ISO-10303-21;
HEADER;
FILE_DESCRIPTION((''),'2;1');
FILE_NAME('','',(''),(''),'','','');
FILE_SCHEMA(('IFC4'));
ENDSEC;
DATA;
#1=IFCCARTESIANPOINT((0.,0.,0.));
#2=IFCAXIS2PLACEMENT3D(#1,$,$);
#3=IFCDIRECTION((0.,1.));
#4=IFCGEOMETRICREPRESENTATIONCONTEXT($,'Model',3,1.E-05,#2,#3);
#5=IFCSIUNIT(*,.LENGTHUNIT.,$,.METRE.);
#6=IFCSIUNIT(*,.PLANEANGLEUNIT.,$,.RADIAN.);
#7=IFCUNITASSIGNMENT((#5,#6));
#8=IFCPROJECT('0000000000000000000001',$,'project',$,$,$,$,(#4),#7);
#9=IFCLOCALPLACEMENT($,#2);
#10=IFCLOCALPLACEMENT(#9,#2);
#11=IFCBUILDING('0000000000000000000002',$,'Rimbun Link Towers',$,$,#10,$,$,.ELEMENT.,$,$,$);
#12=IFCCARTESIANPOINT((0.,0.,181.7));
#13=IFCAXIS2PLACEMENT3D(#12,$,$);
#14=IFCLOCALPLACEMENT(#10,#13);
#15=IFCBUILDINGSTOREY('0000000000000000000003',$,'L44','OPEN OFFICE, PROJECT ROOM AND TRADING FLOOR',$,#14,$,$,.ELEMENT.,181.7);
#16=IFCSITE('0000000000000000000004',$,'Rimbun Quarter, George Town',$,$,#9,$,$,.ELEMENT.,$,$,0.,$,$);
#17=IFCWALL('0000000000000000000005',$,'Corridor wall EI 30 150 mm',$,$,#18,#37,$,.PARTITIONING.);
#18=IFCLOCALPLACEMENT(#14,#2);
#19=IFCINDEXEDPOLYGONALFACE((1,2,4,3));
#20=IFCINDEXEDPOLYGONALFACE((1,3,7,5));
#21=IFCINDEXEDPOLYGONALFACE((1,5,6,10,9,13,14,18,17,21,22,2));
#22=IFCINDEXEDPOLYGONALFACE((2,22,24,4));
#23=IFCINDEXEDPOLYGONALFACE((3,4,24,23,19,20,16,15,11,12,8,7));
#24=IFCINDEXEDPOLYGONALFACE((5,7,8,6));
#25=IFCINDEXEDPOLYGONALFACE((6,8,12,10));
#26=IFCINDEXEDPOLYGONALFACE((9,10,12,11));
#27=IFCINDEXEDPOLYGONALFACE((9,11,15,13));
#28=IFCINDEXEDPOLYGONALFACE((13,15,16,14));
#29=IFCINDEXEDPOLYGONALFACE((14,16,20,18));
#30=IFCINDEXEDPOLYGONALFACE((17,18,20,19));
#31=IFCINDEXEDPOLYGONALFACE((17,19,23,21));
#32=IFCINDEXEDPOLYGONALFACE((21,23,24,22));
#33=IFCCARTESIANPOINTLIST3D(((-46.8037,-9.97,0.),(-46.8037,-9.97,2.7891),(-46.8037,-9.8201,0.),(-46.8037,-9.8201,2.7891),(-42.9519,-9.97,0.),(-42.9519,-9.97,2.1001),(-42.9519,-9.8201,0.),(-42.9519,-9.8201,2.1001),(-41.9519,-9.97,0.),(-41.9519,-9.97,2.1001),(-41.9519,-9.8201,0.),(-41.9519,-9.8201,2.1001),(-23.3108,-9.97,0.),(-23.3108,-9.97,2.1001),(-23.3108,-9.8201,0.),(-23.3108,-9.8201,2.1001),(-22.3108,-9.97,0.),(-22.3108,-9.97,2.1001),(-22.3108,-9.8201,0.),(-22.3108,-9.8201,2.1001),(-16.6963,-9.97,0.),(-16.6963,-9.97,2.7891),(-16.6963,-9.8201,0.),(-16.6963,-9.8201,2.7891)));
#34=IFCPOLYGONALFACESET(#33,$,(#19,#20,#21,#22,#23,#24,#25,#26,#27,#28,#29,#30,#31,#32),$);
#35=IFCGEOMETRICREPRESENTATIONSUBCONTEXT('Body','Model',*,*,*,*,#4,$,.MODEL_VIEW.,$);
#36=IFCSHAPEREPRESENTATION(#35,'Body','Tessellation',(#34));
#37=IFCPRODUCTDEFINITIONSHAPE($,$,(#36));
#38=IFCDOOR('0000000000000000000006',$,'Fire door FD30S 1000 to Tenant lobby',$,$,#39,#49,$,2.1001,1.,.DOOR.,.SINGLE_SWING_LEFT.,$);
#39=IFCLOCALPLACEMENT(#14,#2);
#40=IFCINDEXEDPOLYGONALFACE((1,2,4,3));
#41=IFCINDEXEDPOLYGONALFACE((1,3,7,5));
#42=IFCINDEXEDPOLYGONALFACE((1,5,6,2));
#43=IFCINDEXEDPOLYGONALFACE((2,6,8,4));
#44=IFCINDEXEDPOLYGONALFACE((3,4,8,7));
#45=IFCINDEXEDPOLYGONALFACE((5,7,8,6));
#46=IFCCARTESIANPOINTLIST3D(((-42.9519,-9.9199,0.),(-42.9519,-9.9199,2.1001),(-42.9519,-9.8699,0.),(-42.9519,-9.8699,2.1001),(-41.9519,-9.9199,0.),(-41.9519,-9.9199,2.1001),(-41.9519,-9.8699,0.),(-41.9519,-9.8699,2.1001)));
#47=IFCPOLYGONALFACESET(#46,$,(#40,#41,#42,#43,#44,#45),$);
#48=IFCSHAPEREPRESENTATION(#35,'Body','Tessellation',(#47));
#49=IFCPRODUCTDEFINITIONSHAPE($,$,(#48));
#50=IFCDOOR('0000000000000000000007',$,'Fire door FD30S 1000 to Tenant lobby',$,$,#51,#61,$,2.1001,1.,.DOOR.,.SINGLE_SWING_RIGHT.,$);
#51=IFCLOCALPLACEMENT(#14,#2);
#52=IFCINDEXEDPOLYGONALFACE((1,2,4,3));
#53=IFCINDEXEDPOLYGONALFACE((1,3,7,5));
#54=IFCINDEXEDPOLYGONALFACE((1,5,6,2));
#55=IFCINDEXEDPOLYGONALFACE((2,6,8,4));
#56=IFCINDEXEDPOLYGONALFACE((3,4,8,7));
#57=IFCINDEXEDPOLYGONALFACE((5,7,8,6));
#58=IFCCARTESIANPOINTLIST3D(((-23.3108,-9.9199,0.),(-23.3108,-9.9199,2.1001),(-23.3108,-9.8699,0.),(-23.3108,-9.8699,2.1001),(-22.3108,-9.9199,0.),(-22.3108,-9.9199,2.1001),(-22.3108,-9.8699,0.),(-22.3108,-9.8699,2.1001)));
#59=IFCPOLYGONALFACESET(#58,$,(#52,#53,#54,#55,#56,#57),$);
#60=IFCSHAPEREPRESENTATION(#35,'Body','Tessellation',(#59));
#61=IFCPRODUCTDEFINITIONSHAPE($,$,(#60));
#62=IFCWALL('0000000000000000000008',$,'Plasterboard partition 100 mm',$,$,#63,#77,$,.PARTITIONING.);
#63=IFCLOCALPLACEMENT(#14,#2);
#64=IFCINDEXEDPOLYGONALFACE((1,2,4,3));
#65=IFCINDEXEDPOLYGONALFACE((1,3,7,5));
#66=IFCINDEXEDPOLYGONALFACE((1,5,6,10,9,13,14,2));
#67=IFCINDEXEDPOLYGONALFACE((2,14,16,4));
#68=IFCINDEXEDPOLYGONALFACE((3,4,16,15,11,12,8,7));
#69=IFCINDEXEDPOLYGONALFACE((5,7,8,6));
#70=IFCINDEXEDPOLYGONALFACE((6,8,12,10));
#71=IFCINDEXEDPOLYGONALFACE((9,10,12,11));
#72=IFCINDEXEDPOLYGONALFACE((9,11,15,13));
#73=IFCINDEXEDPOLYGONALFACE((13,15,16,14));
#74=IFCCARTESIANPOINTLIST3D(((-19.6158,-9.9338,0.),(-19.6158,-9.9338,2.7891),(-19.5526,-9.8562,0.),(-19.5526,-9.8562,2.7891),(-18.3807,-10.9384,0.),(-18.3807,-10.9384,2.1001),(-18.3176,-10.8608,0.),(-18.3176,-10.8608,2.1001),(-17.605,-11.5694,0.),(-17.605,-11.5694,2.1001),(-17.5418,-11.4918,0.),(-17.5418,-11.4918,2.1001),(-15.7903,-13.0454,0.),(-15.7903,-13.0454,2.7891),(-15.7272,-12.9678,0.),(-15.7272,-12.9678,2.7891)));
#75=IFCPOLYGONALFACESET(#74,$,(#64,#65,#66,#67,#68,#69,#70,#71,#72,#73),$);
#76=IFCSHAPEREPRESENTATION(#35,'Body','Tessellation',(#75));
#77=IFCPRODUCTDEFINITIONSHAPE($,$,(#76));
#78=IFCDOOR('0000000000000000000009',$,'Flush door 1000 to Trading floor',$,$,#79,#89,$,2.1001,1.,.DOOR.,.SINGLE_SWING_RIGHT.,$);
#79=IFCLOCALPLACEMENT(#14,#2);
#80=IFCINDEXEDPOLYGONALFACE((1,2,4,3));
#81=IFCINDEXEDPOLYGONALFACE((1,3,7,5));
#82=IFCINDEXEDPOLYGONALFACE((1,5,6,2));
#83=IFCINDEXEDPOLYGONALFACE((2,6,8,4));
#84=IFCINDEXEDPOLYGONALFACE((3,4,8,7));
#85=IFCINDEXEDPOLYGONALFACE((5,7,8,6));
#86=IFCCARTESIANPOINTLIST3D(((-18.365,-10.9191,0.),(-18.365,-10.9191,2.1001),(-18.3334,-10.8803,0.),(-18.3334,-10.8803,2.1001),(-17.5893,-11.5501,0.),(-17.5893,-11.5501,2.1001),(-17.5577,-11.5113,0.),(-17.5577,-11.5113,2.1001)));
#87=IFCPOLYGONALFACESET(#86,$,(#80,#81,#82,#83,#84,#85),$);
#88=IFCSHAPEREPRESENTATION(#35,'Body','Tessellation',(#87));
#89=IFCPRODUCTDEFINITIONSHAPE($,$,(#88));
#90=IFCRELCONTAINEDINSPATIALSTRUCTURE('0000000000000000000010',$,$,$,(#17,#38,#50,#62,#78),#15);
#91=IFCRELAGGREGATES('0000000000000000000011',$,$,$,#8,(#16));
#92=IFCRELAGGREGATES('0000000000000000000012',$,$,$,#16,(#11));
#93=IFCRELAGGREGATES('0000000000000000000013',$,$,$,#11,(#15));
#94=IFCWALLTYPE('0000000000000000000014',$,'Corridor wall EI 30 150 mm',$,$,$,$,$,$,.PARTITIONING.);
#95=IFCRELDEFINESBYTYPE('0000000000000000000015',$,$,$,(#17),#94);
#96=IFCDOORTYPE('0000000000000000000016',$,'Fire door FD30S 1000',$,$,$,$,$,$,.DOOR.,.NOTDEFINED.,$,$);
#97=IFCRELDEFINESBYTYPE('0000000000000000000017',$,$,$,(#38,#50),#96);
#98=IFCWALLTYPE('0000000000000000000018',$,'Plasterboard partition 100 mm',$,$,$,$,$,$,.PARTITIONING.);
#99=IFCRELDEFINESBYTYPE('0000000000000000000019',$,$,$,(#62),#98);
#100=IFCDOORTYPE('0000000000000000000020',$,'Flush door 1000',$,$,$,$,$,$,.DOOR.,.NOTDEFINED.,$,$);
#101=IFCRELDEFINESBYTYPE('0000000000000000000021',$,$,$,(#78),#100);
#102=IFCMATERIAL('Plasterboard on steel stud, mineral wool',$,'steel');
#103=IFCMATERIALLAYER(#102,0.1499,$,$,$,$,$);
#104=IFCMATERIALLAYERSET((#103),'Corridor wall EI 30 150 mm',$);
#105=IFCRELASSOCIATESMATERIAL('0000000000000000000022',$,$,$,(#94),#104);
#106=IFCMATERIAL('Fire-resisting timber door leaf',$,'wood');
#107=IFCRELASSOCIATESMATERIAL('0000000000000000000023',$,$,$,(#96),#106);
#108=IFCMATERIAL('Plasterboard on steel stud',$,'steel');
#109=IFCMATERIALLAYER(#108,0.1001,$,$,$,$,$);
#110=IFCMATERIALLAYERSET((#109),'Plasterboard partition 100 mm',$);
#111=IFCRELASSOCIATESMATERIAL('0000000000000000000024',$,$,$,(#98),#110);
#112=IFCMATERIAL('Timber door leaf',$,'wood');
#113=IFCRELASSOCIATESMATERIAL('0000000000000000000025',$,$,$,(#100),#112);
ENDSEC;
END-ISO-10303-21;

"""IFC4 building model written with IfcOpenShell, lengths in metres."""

from ifc_helpers import new_model, si_unit, direction, frame, frame_2d, origin, place, context, subcontext, project, spatial, rectangle, extrude, material, layer, layer_set, type_object, element, fill, save


model = new_model("IFC4")

# Units and contexts
model_context = context("Model", 3, precision=1e-05, world=origin(), true_north=direction((0.0, 1.0)))
body_context = subcontext(model_context, "Body", "Model", "MODEL_VIEW")
ifc_project = project(units=[si_unit("LENGTHUNIT", "METRE"), si_unit("PLANEANGLEUNIT", "RADIAN")], contexts=[model_context])

# Site, building, storey
site_placement = place(None, origin())
site = spatial("IfcSite", under=ifc_project, at=site_placement, Name="Rimbun Quarter, George Town", CompositionType="ELEMENT", RefElevation=0.0)
building_placement = place(site_placement, origin())
building = spatial("IfcBuilding", under=site, at=building_placement, Name="Rimbun Link Towers", CompositionType="ELEMENT")
storey_placement = place(building_placement, frame((0.0, 0.0, 181.7)))
storey = spatial("IfcBuildingStorey", under=building, at=storey_placement, Name="L44", Description="OPEN OFFICE, PROJECT ROOM AND TRADING FLOOR", CompositionType="ELEMENT", Elevation=181.7)

# Shared definitions
ifc_material_1 = material(Name="Plasterboard on steel stud, mineral wool", Category="steel")
ifc_layer_1 = layer(ifc_material_1, 0.1499)
ifc_layer_set_1 = layer_set([ifc_layer_1], Name="Corridor wall EI 30 150 mm")
wall_type_1 = type_object("IfcWallType", Name="Corridor wall EI 30 150 mm", PredefinedType="PARTITIONING", material=ifc_layer_set_1)

# Wall, openings, doors
wall_1_placement = place(storey_placement, frame((-16.6963, -9.895, 0.0), z_axis=(0.0, 0.0, 1.0), x_axis=(-1.0, 0.0, 0.0)))
wall_1 = element("IfcWall", 1, at=wall_1_placement, inside=storey, type_object=wall_type_1, Name="Corridor wall EI 30 150 mm", PredefinedType="PARTITIONING", context=body_context, shape_type="SweptSolid", body=[
    extrude(rectangle(XDim=30.1074, YDim=0.1499, at=frame_2d((15.0537, 0.0))), origin(), (0.0, 0.0, 1.0), 2.7891),
])
opening_1_placement = place(wall_1_placement, frame((25.2556, 0.0, 0.0)))
opening_1 = element("IfcOpeningElement", 2, at=opening_1_placement, cuts=wall_1, PredefinedType="OPENING", context=body_context, shape_type="SweptSolid", body=[
    extrude(rectangle(XDim=1.0, YDim=2.1001, at=frame_2d((0.5, 1.05))), frame((0.0, 0.085, 0.0), z_axis=(0.0, -1.0, 0.0), x_axis=(1.0, 0.0, 0.0)), (0.0, 0.0, 1.0), 0.1699),
])
opening_2_placement = place(wall_1_placement, frame((5.6145, 0.0, 0.0)))
opening_2 = element("IfcOpeningElement", 3, at=opening_2_placement, cuts=wall_1, PredefinedType="OPENING", context=body_context, shape_type="SweptSolid", body=[
    extrude(rectangle(XDim=1.0, YDim=2.1001, at=frame_2d((0.5, 1.05))), frame((0.0, 0.085, 0.0), z_axis=(0.0, -1.0, 0.0), x_axis=(1.0, 0.0, 0.0)), (0.0, 0.0, 1.0), 0.1699),
])
ifc_material_2 = material(Name="Fire-resisting timber door leaf", Category="wood")
door_type_1 = type_object("IfcDoorType", Name="Fire door FD30S 1000", OperationType="NOTDEFINED", PredefinedType="DOOR", material=ifc_material_2)
door_1_placement = place(opening_1_placement, origin())
door_1 = element("IfcDoor", 4, at=door_1_placement, inside=storey, type_object=door_type_1, Name="Fire door FD30S 1000 to Tenant lobby", OperationType="SINGLE_SWING_LEFT", OverallHeight=2.1001, OverallWidth=1.0, PredefinedType="DOOR", context=body_context, shape_type="SweptSolid", body=[
    extrude(rectangle(XDim=1.0, YDim=2.1001, at=frame_2d((0.5, 1.05))), frame((0.0, 0.0249, 0.0), z_axis=(0.0, -1.0, 0.0), x_axis=(1.0, 0.0, 0.0)), (0.0, 0.0, 1.0), 0.05),
])
fill(opening_1, door_1)
door_2_placement = place(opening_2_placement, origin())
door_2 = element("IfcDoor", 5, at=door_2_placement, inside=storey, type_object=door_type_1, Name="Fire door FD30S 1000 to Tenant lobby", OperationType="SINGLE_SWING_RIGHT", OverallHeight=2.1001, OverallWidth=1.0, PredefinedType="DOOR", context=body_context, shape_type="SweptSolid", body=[
    extrude(rectangle(XDim=1.0, YDim=2.1001, at=frame_2d((0.5, 1.05))), frame((0.0, 0.0249, 0.0), z_axis=(0.0, -1.0, 0.0), x_axis=(1.0, 0.0, 0.0)), (0.0, 0.0, 1.0), 0.05),
])
fill(opening_2, door_2)

# Wall, opening, door
ifc_material_3 = material(Name="Plasterboard on steel stud", Category="steel")
ifc_layer_2 = layer(ifc_material_3, 0.1001)
ifc_layer_set_2 = layer_set([ifc_layer_2], Name="Plasterboard partition 100 mm")
wall_type_2 = type_object("IfcWallType", Name="Plasterboard partition 100 mm", PredefinedType="PARTITIONING", material=ifc_layer_set_2)
wall_2_placement = place(storey_placement, frame((-19.5842, -9.895, 0.0), z_axis=(0.0, 0.0, 1.0), x_axis=(0.775776, -0.631008, 0.0)))
wall_2 = element("IfcWall", 6, at=wall_2_placement, inside=storey, type_object=wall_type_2, Name="Plasterboard partition 100 mm", PredefinedType="PARTITIONING", context=body_context, shape_type="SweptSolid", body=[
    extrude(rectangle(XDim=4.9312, YDim=0.1001, at=frame_2d((2.4656, 0.0))), origin(), (0.0, 0.0, 1.0), 2.7891),
])
opening_3_placement = place(wall_2_placement, frame((1.592, 0.0, 0.0)))
opening_3 = element("IfcOpeningElement", 7, at=opening_3_placement, cuts=wall_2, PredefinedType="OPENING", context=body_context, shape_type="SweptSolid", body=[
    extrude(rectangle(XDim=1.0, YDim=2.1001, at=frame_2d((0.5, 1.05))), frame((0.0, 0.0601, 0.0), z_axis=(0.0, -1.0, 0.0), x_axis=(1.0, 0.0, 0.0)), (0.0, 0.0, 1.0), 0.1201),
])
ifc_material_4 = material(Name="Timber door leaf", Category="wood")
door_type_2 = type_object("IfcDoorType", Name="Flush door 1000", OperationType="NOTDEFINED", PredefinedType="DOOR", material=ifc_material_4)
door_3_placement = place(opening_3_placement, origin())
door_3 = element("IfcDoor", 8, at=door_3_placement, inside=storey, type_object=door_type_2, Name="Flush door 1000 to Trading floor", OperationType="SINGLE_SWING_RIGHT", OverallHeight=2.1001, OverallWidth=1.0, PredefinedType="DOOR", context=body_context, shape_type="SweptSolid", body=[
    extrude(rectangle(XDim=1.0, YDim=2.1001, at=frame_2d((0.5, 1.05))), frame((0.0, 0.0249, 0.0), z_axis=(0.0, -1.0, 0.0), x_axis=(1.0, 0.0, 0.0)), (0.0, 0.0, 1.0), 0.05),
])
fill(opening_3, door_3)

save(model, "model.ifc")
